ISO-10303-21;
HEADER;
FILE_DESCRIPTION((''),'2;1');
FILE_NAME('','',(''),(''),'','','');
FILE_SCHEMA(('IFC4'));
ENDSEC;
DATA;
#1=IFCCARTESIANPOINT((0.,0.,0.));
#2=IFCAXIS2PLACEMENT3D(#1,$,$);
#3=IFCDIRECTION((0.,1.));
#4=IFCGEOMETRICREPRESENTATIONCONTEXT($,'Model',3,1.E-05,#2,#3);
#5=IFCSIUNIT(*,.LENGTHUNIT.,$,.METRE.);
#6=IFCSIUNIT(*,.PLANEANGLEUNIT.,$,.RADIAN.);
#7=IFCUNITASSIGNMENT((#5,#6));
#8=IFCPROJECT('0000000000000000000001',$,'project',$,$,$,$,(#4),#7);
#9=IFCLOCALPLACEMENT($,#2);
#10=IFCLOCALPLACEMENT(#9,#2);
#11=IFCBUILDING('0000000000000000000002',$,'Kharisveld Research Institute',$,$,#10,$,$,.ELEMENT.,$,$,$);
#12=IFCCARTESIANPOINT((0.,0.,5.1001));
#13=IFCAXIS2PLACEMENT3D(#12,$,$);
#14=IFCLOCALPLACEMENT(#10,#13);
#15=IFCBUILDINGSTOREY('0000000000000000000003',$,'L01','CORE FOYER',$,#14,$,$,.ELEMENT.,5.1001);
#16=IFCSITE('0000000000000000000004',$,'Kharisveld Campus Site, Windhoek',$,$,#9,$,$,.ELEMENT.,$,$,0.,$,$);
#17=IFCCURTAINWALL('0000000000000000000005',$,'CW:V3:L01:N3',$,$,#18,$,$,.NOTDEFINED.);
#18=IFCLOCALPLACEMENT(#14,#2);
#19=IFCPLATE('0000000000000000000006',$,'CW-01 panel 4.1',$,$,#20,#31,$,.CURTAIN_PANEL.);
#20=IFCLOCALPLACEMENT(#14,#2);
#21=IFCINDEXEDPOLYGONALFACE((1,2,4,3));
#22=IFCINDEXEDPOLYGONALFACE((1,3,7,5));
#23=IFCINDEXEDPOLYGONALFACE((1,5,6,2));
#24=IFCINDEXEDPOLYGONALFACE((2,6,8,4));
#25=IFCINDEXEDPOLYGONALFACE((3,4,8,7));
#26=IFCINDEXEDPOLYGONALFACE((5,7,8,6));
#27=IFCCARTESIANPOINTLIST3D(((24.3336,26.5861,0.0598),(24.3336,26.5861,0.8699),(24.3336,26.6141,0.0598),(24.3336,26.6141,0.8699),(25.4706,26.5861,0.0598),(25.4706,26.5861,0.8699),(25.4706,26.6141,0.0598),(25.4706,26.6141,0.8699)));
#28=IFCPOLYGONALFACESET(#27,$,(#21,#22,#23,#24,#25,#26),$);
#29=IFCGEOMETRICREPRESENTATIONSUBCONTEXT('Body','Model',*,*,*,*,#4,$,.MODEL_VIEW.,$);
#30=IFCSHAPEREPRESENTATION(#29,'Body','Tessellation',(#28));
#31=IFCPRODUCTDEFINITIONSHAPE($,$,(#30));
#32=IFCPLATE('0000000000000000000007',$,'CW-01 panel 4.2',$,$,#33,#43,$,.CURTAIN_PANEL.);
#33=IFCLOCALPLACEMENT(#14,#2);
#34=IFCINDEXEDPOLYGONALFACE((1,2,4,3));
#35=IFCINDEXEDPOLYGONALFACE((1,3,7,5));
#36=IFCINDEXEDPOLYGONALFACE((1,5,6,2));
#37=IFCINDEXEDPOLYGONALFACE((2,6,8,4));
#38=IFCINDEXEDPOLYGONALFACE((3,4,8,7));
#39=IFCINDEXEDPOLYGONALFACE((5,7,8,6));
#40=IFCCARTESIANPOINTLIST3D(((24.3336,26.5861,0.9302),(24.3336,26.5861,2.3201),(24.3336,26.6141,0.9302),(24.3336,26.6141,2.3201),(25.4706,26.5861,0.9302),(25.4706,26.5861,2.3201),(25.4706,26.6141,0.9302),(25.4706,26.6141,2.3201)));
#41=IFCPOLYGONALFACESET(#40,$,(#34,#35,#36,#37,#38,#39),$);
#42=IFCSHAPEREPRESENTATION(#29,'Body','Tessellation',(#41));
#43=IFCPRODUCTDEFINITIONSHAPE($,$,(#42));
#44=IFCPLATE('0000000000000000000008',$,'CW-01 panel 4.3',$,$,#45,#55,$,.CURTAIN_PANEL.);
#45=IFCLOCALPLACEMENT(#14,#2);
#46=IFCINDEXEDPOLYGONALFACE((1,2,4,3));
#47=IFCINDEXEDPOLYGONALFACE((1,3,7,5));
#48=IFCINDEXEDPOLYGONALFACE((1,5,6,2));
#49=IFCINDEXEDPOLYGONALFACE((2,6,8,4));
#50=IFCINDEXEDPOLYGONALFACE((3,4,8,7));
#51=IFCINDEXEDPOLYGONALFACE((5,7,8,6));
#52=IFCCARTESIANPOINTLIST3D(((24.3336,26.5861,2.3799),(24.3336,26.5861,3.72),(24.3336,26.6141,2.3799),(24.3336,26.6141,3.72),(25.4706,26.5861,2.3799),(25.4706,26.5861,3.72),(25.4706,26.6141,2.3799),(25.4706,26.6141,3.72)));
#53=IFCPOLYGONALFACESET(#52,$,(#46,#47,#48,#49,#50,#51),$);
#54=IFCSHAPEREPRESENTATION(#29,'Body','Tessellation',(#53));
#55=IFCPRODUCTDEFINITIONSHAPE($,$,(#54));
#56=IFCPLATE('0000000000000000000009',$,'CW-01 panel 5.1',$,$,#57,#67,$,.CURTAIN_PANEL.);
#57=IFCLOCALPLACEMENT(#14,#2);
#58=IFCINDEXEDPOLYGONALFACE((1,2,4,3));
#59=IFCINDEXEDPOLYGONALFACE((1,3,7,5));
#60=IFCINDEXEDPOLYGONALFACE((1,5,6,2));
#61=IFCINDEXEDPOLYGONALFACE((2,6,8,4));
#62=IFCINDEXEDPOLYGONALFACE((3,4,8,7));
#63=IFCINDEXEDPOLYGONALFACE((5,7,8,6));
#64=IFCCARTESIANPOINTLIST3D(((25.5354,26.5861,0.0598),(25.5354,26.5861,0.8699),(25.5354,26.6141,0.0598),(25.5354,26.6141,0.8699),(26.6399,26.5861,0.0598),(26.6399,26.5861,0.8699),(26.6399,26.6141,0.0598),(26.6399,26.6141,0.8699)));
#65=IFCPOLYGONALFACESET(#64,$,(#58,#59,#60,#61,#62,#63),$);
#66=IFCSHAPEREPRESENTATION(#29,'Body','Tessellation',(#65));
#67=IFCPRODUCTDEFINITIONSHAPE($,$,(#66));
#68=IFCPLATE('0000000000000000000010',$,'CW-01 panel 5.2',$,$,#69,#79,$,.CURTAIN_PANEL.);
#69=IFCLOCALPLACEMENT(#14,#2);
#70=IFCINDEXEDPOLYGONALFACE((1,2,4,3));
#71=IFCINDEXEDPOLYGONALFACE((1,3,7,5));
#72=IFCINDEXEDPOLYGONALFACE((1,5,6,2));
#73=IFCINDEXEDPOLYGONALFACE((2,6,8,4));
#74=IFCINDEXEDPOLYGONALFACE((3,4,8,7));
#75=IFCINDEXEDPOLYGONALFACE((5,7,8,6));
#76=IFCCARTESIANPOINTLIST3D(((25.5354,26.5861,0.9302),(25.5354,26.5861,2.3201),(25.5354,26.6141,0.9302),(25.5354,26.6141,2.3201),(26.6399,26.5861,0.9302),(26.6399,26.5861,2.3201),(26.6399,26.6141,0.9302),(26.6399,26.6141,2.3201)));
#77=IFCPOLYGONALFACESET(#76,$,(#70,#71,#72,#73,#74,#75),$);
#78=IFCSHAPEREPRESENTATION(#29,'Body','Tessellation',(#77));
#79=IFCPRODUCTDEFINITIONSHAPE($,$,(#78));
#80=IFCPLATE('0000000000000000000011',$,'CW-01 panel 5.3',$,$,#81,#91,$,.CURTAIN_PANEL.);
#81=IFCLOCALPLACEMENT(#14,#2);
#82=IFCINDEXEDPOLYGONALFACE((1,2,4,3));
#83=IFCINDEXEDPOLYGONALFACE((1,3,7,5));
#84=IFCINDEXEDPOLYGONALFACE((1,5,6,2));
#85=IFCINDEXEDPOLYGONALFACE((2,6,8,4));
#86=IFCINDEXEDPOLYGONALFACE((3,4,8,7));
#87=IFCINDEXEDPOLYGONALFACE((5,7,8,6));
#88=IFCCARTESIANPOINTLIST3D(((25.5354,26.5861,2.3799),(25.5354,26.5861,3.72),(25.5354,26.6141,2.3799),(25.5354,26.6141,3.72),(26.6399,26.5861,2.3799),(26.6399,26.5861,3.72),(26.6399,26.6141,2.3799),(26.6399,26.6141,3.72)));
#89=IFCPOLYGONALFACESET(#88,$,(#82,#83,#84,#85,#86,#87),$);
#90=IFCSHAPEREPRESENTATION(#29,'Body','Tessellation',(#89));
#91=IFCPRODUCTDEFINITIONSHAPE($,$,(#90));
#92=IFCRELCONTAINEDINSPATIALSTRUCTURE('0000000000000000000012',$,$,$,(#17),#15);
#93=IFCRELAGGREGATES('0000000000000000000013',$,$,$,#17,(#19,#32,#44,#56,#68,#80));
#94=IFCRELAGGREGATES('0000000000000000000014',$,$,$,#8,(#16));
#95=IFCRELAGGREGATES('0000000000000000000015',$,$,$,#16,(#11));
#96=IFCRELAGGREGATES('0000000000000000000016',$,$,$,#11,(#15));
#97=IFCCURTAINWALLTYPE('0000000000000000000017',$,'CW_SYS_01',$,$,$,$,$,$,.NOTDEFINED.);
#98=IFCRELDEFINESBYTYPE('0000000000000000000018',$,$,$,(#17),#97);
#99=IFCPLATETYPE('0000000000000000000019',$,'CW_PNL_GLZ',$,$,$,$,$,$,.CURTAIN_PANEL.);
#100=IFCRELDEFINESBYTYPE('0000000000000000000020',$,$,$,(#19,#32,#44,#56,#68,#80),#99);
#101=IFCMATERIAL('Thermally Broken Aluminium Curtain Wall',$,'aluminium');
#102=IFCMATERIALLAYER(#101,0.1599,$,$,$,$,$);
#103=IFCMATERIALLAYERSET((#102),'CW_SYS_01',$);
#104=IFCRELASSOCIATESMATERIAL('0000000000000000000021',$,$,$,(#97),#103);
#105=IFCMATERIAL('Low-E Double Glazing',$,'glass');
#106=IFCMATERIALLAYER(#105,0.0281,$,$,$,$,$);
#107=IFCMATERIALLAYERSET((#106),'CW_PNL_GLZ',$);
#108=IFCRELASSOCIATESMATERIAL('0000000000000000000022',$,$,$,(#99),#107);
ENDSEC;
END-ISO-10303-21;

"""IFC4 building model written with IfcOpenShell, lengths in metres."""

from ifc_helpers import new_model, si_unit, direction, frame, origin, origin_2d, place, context, subcontext, project, spatial, rectangle, extrude, material, layer, layer_set, type_object, element, aggregate, save


model = new_model("IFC4")

# Units and contexts
model_context = context("Model", 3, precision=1e-05, world=origin(), true_north=direction((0.0, 1.0)))
body_context = subcontext(model_context, "Body", "Model", "MODEL_VIEW")
ifc_project = project(units=[si_unit("LENGTHUNIT", "METRE"), si_unit("PLANEANGLEUNIT", "RADIAN")], contexts=[model_context])

# Site, building, storey
site_placement = place(None, origin())
site = spatial("IfcSite", under=ifc_project, at=site_placement, Name="Kharisveld Campus Site, Windhoek", CompositionType="ELEMENT", RefElevation=0.0)
building_placement = place(site_placement, origin())
building = spatial("IfcBuilding", under=site, at=building_placement, Name="Kharisveld Research Institute", CompositionType="ELEMENT")
storey_placement = place(building_placement, frame((0.0, 0.0, 5.1001)))
storey = spatial("IfcBuildingStorey", under=building, at=storey_placement, Name="L01", Description="CORE FOYER", CompositionType="ELEMENT", Elevation=5.1001)

# Curtain wall
ifc_material_1 = material(Name="Thermally Broken Aluminium Curtain Wall", Category="aluminium")
ifc_layer_1 = layer(ifc_material_1, 0.1599)
ifc_layer_set_1 = layer_set([ifc_layer_1], Name="CW_SYS_01")
curtain_wall_type_1 = type_object("IfcCurtainWallType", Name="CW_SYS_01", PredefinedType="NOTDEFINED", material=ifc_layer_set_1)
curtain_wall_1_placement = place(storey_placement, origin())
curtain_wall_1 = element("IfcCurtainWall", 1, at=curtain_wall_1_placement, inside=storey, type_object=curtain_wall_type_1, Name="CW:V3:L01:N3", PredefinedType="NOTDEFINED")

# Plates
ifc_material_2 = material(Name="Low-E Double Glazing", Category="glass")
ifc_layer_2 = layer(ifc_material_2, 0.0281)
ifc_layer_set_2 = layer_set([ifc_layer_2], Name="CW_PNL_GLZ")
plate_type = type_object("IfcPlateType", Name="CW_PNL_GLZ", PredefinedType="CURTAIN_PANEL", material=ifc_layer_set_2)
plate_1_placement = place(storey_placement, frame((24.9021, 26.6001, 0.0598), z_axis=(0.0, 0.0, 1.0), x_axis=(1.0, 0.0, 0.0)))
plate_1 = element("IfcPlate", 2, at=plate_1_placement, type_object=plate_type, Name="CW-01 panel 4.1", PredefinedType="CURTAIN_PANEL", context=body_context, shape_type="SweptSolid", body=[
    extrude(rectangle(XDim=1.137, YDim=0.0281, at=origin_2d()), origin(), (0.0, 0.0, 1.0), 0.8101),
])
plate_2_placement = place(storey_placement, frame((24.9021, 26.6001, 0.9302), z_axis=(0.0, 0.0, 1.0), x_axis=(1.0, 0.0, 0.0)))
plate_2 = element("IfcPlate", 3, at=plate_2_placement, type_object=plate_type, Name="CW-01 panel 4.2", PredefinedType="CURTAIN_PANEL", context=body_context, shape_type="SweptSolid", body=[
    extrude(rectangle(XDim=1.137, YDim=0.0281, at=origin_2d()), origin(), (0.0, 0.0, 1.0), 1.3899),
])
plate_3_placement = place(storey_placement, frame((24.9021, 26.6001, 2.3799), z_axis=(0.0, 0.0, 1.0), x_axis=(1.0, 0.0, 0.0)))
plate_3 = element("IfcPlate", 4, at=plate_3_placement, type_object=plate_type, Name="CW-01 panel 4.3", PredefinedType="CURTAIN_PANEL", context=body_context, shape_type="SweptSolid", body=[
    extrude(rectangle(XDim=1.137, YDim=0.0281, at=origin_2d()), origin(), (0.0, 0.0, 1.0), 1.3401),
])
plate_4_placement = place(storey_placement, frame((26.0876, 26.6001, 0.0598), z_axis=(0.0, 0.0, 1.0), x_axis=(1.0, 0.0, 0.0)))
plate_4 = element("IfcPlate", 5, at=plate_4_placement, type_object=plate_type, Name="CW-01 panel 5.1", PredefinedType="CURTAIN_PANEL", context=body_context, shape_type="SweptSolid", body=[
    extrude(rectangle(XDim=1.1045, YDim=0.0281, at=origin_2d()), origin(), (0.0, 0.0, 1.0), 0.8101),
])
plate_5_placement = place(storey_placement, frame((26.0876, 26.6001, 0.9302), z_axis=(0.0, 0.0, 1.0), x_axis=(1.0, 0.0, 0.0)))
plate_5 = element("IfcPlate", 6, at=plate_5_placement, type_object=plate_type, Name="CW-01 panel 5.2", PredefinedType="CURTAIN_PANEL", context=body_context, shape_type="SweptSolid", body=[
    extrude(rectangle(XDim=1.1045, YDim=0.0281, at=origin_2d()), origin(), (0.0, 0.0, 1.0), 1.3899),
])
plate_6_placement = place(storey_placement, frame((26.0876, 26.6001, 2.3799), z_axis=(0.0, 0.0, 1.0), x_axis=(1.0, 0.0, 0.0)))
plate_6 = element("IfcPlate", 7, at=plate_6_placement, type_object=plate_type, Name="CW-01 panel 5.3", PredefinedType="CURTAIN_PANEL", context=body_context, shape_type="SweptSolid", body=[
    extrude(rectangle(XDim=1.1045, YDim=0.0281, at=origin_2d()), origin(), (0.0, 0.0, 1.0), 1.3401),
])
aggregate(curtain_wall_1, [plate_1, plate_2, plate_3, plate_4, plate_5, plate_6])

save(model, "model.ifc")
